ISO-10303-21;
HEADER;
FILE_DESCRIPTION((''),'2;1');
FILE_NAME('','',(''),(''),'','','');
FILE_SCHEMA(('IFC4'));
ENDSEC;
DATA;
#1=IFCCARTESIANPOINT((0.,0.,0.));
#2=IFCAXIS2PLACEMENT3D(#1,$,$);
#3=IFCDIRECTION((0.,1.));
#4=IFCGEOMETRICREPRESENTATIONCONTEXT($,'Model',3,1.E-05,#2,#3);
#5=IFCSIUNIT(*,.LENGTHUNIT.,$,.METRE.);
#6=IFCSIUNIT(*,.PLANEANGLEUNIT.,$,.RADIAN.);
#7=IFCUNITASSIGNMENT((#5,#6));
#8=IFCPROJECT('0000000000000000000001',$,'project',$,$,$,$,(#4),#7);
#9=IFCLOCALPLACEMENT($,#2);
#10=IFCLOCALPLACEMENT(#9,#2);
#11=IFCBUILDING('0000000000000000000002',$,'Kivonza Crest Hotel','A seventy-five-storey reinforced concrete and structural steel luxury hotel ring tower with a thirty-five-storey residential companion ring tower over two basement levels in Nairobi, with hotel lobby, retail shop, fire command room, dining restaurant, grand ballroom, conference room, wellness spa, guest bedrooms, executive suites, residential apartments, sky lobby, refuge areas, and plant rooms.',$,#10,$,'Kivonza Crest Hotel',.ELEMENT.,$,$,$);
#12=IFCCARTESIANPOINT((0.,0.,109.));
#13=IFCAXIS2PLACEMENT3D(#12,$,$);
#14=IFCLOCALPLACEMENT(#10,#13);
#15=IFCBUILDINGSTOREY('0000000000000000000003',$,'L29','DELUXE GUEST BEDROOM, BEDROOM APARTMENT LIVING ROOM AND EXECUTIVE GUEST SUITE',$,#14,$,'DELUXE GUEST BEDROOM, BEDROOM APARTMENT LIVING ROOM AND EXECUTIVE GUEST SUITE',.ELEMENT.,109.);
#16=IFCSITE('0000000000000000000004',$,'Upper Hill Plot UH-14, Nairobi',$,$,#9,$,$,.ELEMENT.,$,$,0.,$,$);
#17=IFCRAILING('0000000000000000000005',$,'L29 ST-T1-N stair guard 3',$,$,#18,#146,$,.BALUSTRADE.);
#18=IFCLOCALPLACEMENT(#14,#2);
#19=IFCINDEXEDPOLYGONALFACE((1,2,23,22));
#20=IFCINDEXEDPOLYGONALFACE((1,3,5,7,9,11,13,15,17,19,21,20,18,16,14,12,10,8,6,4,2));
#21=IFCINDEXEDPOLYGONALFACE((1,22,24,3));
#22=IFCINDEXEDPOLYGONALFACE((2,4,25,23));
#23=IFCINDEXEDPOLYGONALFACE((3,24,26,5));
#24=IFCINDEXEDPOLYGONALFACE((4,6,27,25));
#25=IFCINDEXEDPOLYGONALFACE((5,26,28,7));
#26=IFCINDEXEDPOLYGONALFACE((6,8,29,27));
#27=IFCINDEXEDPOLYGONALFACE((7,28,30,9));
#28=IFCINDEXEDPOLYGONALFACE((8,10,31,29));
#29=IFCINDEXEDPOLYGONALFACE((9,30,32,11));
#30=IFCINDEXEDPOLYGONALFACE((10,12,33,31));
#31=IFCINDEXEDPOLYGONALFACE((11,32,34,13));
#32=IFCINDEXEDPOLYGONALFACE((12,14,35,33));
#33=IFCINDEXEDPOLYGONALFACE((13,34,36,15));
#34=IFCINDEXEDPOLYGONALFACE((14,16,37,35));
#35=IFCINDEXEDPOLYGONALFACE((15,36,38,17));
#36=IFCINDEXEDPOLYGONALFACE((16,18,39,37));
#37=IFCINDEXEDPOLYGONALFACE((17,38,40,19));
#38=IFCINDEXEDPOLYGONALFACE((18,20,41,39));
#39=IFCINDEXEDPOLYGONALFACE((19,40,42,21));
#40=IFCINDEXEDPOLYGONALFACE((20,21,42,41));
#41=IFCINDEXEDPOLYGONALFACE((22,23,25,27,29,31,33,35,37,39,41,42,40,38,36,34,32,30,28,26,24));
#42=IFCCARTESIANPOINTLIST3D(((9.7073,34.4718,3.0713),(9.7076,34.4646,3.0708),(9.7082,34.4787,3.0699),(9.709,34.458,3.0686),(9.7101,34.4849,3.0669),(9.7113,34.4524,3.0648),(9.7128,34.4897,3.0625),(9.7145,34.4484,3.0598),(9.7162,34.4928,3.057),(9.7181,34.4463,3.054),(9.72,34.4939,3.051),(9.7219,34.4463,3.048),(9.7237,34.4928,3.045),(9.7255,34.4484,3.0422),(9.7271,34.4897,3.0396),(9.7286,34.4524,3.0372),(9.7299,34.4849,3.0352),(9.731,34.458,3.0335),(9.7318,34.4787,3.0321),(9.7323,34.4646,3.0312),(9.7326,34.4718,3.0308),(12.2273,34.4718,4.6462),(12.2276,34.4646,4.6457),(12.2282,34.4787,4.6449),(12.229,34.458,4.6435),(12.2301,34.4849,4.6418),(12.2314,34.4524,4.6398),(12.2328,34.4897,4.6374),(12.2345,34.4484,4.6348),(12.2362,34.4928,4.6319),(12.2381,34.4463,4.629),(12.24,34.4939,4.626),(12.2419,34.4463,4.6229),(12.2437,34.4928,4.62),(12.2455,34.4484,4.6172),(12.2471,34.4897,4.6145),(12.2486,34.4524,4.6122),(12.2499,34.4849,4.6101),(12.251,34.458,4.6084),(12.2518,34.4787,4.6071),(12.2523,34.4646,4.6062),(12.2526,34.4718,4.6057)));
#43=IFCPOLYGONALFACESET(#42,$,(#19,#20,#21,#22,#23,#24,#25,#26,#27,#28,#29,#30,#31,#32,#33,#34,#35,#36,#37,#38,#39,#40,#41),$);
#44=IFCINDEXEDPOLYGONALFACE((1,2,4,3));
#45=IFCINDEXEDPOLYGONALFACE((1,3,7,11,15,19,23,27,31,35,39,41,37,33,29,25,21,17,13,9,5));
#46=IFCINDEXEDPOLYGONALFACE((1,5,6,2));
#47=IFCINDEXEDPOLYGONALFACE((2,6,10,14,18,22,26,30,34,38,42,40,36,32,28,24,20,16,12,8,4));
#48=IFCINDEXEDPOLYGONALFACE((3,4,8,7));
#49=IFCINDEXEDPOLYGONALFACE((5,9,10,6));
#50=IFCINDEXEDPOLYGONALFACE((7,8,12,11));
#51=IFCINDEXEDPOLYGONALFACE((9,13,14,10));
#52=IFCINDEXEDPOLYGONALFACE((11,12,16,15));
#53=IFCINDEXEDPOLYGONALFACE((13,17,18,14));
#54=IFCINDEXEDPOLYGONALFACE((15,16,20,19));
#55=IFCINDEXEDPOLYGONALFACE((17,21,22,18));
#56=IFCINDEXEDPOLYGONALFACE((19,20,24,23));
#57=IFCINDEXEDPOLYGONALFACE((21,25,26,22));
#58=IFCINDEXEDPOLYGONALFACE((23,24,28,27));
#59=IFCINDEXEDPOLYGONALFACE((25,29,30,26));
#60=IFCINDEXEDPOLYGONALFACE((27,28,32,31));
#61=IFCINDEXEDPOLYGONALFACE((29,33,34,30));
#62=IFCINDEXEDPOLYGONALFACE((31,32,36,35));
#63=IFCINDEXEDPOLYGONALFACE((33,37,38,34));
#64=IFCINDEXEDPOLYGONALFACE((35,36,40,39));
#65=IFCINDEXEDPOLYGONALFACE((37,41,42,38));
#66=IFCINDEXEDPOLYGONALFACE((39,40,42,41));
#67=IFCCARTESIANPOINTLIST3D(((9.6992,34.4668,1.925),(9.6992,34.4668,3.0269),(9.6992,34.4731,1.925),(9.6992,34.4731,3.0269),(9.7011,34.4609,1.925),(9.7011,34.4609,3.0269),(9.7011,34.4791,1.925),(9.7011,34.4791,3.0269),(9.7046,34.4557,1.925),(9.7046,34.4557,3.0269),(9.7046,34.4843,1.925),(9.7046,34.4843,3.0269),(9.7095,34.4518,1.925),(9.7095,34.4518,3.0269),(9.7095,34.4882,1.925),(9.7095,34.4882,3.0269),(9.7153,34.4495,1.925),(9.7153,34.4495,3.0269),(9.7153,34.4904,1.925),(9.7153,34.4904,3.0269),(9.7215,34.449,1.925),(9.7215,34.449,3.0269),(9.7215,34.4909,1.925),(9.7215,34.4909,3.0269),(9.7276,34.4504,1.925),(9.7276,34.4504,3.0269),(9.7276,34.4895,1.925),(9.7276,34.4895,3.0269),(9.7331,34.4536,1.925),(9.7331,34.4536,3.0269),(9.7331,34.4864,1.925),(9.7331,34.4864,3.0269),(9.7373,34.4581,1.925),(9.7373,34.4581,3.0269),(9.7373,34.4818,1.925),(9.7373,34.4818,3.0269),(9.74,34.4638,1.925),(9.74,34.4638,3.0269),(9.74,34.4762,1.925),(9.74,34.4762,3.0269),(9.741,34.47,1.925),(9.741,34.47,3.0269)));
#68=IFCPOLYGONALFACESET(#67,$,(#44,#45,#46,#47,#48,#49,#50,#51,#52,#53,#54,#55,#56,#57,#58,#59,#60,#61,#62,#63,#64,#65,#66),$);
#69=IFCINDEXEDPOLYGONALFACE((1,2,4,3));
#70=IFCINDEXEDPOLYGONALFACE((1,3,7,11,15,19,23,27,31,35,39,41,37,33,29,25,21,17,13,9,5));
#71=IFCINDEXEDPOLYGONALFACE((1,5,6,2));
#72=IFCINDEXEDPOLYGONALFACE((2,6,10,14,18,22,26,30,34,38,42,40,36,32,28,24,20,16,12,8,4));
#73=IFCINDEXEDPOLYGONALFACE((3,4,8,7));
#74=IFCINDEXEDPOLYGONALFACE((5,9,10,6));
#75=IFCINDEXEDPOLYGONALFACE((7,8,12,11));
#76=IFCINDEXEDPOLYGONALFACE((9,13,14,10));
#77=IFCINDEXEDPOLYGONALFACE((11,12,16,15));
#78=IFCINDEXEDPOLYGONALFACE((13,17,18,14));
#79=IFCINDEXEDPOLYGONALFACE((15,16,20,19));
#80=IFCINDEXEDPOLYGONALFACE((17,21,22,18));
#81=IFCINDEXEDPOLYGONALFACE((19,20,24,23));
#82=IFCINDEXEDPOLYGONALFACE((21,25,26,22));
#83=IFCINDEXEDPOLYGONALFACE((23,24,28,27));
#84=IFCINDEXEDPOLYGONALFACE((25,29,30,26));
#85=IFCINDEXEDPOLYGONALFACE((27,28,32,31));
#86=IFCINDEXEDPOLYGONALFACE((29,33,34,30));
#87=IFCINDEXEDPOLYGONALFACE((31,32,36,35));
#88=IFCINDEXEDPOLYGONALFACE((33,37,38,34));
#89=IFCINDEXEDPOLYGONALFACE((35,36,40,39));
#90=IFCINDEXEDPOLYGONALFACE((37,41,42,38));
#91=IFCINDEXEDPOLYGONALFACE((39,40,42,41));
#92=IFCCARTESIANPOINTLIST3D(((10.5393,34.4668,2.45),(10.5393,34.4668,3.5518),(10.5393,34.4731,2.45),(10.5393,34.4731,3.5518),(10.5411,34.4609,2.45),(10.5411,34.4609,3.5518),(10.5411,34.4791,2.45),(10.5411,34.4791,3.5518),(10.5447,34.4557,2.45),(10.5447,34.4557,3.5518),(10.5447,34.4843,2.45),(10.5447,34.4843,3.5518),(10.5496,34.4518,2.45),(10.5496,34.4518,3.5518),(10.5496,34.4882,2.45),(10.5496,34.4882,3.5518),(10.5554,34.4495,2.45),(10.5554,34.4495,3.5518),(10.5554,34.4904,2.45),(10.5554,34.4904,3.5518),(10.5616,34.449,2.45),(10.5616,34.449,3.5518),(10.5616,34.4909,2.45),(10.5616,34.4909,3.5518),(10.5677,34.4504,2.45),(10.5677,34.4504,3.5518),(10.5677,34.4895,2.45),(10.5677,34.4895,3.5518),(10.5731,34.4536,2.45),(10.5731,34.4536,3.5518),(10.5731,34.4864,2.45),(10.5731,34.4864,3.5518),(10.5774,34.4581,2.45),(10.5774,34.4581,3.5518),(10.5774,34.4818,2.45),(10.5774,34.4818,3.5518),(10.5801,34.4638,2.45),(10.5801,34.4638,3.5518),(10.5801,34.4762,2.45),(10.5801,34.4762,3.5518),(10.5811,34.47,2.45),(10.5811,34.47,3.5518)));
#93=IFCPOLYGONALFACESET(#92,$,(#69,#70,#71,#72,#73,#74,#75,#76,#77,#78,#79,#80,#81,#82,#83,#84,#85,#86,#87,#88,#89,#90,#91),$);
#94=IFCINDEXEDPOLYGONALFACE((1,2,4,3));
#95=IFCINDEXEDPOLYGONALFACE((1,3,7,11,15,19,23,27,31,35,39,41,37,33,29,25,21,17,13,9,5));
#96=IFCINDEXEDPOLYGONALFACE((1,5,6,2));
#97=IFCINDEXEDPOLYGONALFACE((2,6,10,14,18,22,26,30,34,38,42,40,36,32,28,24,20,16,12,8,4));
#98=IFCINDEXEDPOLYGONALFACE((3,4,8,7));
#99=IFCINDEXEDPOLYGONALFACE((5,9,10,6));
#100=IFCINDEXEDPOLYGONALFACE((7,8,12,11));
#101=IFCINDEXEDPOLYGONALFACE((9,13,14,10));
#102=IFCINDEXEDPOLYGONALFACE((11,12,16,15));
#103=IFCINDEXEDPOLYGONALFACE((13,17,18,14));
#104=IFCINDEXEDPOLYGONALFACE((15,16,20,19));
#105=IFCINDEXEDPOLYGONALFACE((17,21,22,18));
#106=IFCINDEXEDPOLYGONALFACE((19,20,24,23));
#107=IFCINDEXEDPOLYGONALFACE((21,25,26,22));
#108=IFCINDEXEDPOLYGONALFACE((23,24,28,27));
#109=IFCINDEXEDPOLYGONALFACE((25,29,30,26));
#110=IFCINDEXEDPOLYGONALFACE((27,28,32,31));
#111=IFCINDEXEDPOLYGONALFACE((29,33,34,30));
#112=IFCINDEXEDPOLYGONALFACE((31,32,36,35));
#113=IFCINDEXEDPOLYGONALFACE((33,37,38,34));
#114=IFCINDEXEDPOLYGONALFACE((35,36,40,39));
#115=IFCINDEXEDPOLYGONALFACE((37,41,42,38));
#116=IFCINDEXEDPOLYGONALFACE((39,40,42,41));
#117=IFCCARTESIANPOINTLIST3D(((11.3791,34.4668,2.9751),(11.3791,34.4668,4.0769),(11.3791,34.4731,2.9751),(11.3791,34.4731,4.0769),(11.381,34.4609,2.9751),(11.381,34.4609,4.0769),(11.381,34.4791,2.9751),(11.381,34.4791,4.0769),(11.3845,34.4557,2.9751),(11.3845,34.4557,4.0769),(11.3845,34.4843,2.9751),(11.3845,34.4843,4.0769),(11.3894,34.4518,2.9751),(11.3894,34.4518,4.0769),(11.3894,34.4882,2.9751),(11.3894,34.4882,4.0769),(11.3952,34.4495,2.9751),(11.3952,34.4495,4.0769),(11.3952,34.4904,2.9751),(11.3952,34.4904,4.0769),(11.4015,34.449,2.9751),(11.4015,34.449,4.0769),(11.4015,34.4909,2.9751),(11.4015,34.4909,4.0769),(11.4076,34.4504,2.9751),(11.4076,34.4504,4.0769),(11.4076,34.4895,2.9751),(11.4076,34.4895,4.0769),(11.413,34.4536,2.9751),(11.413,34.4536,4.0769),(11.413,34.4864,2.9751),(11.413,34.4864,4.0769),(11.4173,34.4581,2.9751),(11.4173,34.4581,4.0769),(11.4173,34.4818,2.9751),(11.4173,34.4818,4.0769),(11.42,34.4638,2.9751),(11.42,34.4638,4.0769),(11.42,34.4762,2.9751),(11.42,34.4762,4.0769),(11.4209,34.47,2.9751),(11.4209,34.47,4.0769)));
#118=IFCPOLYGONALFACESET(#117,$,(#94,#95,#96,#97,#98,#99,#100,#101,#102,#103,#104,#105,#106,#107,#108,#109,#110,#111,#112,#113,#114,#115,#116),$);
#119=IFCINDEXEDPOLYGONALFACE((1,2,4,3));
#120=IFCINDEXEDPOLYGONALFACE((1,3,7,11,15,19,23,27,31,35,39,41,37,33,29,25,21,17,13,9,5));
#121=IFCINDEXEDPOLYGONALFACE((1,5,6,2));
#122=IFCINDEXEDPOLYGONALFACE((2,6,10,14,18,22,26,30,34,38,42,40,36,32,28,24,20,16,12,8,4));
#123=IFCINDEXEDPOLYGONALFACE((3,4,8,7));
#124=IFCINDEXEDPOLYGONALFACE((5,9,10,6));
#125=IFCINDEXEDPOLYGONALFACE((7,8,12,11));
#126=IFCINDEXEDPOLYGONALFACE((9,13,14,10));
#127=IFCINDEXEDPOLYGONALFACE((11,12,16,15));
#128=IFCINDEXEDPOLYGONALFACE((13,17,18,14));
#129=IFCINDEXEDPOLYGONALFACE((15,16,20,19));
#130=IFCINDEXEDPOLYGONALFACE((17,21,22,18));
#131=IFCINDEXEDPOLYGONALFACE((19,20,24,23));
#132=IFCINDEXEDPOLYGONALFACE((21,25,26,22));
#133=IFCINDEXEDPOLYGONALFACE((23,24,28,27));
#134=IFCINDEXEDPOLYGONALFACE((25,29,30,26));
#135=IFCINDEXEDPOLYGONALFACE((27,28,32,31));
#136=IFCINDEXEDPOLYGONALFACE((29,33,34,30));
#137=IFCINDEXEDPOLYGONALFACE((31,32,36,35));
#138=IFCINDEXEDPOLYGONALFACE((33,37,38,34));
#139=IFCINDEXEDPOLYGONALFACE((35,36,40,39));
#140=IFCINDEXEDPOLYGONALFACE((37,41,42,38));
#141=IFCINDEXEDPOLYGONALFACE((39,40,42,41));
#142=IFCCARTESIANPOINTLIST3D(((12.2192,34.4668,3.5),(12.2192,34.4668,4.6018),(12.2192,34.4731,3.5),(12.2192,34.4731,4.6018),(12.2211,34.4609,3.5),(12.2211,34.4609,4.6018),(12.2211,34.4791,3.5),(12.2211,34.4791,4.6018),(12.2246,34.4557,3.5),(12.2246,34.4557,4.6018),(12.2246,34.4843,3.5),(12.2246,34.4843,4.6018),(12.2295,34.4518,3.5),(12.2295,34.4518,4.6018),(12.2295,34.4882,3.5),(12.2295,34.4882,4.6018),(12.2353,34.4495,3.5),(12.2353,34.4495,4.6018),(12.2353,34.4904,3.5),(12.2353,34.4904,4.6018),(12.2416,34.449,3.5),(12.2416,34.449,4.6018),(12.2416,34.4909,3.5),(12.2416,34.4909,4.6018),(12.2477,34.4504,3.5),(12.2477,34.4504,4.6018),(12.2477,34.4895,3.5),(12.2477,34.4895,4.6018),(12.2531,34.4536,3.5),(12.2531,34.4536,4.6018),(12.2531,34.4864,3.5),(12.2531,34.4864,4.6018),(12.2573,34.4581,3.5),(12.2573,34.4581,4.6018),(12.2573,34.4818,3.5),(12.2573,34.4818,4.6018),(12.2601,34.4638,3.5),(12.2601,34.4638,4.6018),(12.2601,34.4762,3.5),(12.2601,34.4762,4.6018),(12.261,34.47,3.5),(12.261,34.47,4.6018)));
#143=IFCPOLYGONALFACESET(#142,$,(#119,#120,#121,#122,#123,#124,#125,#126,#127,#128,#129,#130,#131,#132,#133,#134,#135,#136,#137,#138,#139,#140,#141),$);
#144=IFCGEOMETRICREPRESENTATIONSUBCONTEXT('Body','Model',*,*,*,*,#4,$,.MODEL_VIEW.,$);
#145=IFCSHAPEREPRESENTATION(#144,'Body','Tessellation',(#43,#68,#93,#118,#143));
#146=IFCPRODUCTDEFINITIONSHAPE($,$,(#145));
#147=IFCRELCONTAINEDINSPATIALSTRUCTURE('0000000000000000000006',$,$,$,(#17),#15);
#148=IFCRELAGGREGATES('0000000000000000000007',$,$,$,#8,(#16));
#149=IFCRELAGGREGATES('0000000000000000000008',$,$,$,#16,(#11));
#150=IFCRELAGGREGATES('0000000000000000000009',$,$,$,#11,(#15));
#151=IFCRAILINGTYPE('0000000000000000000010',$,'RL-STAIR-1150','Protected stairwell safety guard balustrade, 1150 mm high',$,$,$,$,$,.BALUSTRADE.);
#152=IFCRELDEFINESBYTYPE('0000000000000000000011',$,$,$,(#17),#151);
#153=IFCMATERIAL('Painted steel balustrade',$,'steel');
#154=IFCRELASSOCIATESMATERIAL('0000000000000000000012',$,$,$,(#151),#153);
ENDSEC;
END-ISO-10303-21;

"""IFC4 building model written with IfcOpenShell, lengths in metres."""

from ifc_helpers import new_model, si_unit, direction, frame, origin, origin_2d, place, context, subcontext, project, spatial, circle, extrude, material, type_object, element, save


model = new_model("IFC4")

# Units and contexts
model_context = context("Model", 3, precision=1e-05, world=origin(), true_north=direction((0.0, 1.0)))
body_context = subcontext(model_context, "Body", "Model", "MODEL_VIEW")
ifc_project = project(units=[si_unit("LENGTHUNIT", "METRE"), si_unit("PLANEANGLEUNIT", "RADIAN")], contexts=[model_context])

# Site, building, storey
site_placement = place(None, origin())
site = spatial("IfcSite", under=ifc_project, at=site_placement, Name="Upper Hill Plot UH-14, Nairobi", CompositionType="ELEMENT", RefElevation=0.0)
building_placement = place(site_placement, origin())
building = spatial("IfcBuilding", under=site, at=building_placement, Name="Kivonza Crest Hotel", Description="A seventy-five-storey reinforced concrete and structural steel luxury hotel ring tower with a thirty-five-storey residential companion ring tower over two basement levels in Nairobi, with hotel lobby, retail shop, fire command room, dining restaurant, grand ballroom, conference room, wellness spa, guest bedrooms, executive suites, residential apartments, sky lobby, refuge areas, and plant rooms.", LongName="Kivonza Crest Hotel", CompositionType="ELEMENT")
storey_placement = place(building_placement, frame((0.0, 0.0, 109.0)))
storey = spatial("IfcBuildingStorey", under=building, at=storey_placement, Name="L29", Description="DELUXE GUEST BEDROOM, BEDROOM APARTMENT LIVING ROOM AND EXECUTIVE GUEST SUITE", LongName="DELUXE GUEST BEDROOM, BEDROOM APARTMENT LIVING ROOM AND EXECUTIVE GUEST SUITE", CompositionType="ELEMENT", Elevation=109.0)

# Railing
ifc_material_1 = material(Name="Painted steel balustrade", Category="steel")
railing_type_1 = type_object("IfcRailingType", Name="RL-STAIR-1150", Description="Protected stairwell safety guard balustrade, 1150 mm high", PredefinedType="BALUSTRADE", material=ifc_material_1)
railing_1_placement = place(storey_placement, frame((9.72, 34.47, 1.925)))
element("IfcRailing", 1, at=railing_1_placement, inside=storey, type_object=railing_type_1, Name="L29 ST-T1-N stair guard 3", PredefinedType="BALUSTRADE", context=body_context, shape_type="SweptSolid", body=[
    extrude(circle(Radius=0.0239, at=origin_2d()), frame((0.0, 0.0, 1.126), z_axis=(0.848008, 0.0, 0.529984), x_axis=(0.0, 1.0, 0.0)), (0.0, 0.0, 1.0), 2.9717),
    extrude(circle(Radius=0.021, at=origin_2d()), origin(), (0.0, 0.0, 1.0), 1.1018),
    extrude(circle(Radius=0.021, at=origin_2d()), frame((0.8401, 0.0, 0.5249)), (0.0, 0.0, 1.0), 1.1018),
    extrude(circle(Radius=0.021, at=origin_2d()), frame((1.6799, 0.0, 1.05)), (0.0, 0.0, 1.0), 1.1018),
    extrude(circle(Radius=0.021, at=origin_2d()), frame((2.52, 0.0, 1.575)), (0.0, 0.0, 1.0), 1.1018),
])

save(model, "model.ifc")
